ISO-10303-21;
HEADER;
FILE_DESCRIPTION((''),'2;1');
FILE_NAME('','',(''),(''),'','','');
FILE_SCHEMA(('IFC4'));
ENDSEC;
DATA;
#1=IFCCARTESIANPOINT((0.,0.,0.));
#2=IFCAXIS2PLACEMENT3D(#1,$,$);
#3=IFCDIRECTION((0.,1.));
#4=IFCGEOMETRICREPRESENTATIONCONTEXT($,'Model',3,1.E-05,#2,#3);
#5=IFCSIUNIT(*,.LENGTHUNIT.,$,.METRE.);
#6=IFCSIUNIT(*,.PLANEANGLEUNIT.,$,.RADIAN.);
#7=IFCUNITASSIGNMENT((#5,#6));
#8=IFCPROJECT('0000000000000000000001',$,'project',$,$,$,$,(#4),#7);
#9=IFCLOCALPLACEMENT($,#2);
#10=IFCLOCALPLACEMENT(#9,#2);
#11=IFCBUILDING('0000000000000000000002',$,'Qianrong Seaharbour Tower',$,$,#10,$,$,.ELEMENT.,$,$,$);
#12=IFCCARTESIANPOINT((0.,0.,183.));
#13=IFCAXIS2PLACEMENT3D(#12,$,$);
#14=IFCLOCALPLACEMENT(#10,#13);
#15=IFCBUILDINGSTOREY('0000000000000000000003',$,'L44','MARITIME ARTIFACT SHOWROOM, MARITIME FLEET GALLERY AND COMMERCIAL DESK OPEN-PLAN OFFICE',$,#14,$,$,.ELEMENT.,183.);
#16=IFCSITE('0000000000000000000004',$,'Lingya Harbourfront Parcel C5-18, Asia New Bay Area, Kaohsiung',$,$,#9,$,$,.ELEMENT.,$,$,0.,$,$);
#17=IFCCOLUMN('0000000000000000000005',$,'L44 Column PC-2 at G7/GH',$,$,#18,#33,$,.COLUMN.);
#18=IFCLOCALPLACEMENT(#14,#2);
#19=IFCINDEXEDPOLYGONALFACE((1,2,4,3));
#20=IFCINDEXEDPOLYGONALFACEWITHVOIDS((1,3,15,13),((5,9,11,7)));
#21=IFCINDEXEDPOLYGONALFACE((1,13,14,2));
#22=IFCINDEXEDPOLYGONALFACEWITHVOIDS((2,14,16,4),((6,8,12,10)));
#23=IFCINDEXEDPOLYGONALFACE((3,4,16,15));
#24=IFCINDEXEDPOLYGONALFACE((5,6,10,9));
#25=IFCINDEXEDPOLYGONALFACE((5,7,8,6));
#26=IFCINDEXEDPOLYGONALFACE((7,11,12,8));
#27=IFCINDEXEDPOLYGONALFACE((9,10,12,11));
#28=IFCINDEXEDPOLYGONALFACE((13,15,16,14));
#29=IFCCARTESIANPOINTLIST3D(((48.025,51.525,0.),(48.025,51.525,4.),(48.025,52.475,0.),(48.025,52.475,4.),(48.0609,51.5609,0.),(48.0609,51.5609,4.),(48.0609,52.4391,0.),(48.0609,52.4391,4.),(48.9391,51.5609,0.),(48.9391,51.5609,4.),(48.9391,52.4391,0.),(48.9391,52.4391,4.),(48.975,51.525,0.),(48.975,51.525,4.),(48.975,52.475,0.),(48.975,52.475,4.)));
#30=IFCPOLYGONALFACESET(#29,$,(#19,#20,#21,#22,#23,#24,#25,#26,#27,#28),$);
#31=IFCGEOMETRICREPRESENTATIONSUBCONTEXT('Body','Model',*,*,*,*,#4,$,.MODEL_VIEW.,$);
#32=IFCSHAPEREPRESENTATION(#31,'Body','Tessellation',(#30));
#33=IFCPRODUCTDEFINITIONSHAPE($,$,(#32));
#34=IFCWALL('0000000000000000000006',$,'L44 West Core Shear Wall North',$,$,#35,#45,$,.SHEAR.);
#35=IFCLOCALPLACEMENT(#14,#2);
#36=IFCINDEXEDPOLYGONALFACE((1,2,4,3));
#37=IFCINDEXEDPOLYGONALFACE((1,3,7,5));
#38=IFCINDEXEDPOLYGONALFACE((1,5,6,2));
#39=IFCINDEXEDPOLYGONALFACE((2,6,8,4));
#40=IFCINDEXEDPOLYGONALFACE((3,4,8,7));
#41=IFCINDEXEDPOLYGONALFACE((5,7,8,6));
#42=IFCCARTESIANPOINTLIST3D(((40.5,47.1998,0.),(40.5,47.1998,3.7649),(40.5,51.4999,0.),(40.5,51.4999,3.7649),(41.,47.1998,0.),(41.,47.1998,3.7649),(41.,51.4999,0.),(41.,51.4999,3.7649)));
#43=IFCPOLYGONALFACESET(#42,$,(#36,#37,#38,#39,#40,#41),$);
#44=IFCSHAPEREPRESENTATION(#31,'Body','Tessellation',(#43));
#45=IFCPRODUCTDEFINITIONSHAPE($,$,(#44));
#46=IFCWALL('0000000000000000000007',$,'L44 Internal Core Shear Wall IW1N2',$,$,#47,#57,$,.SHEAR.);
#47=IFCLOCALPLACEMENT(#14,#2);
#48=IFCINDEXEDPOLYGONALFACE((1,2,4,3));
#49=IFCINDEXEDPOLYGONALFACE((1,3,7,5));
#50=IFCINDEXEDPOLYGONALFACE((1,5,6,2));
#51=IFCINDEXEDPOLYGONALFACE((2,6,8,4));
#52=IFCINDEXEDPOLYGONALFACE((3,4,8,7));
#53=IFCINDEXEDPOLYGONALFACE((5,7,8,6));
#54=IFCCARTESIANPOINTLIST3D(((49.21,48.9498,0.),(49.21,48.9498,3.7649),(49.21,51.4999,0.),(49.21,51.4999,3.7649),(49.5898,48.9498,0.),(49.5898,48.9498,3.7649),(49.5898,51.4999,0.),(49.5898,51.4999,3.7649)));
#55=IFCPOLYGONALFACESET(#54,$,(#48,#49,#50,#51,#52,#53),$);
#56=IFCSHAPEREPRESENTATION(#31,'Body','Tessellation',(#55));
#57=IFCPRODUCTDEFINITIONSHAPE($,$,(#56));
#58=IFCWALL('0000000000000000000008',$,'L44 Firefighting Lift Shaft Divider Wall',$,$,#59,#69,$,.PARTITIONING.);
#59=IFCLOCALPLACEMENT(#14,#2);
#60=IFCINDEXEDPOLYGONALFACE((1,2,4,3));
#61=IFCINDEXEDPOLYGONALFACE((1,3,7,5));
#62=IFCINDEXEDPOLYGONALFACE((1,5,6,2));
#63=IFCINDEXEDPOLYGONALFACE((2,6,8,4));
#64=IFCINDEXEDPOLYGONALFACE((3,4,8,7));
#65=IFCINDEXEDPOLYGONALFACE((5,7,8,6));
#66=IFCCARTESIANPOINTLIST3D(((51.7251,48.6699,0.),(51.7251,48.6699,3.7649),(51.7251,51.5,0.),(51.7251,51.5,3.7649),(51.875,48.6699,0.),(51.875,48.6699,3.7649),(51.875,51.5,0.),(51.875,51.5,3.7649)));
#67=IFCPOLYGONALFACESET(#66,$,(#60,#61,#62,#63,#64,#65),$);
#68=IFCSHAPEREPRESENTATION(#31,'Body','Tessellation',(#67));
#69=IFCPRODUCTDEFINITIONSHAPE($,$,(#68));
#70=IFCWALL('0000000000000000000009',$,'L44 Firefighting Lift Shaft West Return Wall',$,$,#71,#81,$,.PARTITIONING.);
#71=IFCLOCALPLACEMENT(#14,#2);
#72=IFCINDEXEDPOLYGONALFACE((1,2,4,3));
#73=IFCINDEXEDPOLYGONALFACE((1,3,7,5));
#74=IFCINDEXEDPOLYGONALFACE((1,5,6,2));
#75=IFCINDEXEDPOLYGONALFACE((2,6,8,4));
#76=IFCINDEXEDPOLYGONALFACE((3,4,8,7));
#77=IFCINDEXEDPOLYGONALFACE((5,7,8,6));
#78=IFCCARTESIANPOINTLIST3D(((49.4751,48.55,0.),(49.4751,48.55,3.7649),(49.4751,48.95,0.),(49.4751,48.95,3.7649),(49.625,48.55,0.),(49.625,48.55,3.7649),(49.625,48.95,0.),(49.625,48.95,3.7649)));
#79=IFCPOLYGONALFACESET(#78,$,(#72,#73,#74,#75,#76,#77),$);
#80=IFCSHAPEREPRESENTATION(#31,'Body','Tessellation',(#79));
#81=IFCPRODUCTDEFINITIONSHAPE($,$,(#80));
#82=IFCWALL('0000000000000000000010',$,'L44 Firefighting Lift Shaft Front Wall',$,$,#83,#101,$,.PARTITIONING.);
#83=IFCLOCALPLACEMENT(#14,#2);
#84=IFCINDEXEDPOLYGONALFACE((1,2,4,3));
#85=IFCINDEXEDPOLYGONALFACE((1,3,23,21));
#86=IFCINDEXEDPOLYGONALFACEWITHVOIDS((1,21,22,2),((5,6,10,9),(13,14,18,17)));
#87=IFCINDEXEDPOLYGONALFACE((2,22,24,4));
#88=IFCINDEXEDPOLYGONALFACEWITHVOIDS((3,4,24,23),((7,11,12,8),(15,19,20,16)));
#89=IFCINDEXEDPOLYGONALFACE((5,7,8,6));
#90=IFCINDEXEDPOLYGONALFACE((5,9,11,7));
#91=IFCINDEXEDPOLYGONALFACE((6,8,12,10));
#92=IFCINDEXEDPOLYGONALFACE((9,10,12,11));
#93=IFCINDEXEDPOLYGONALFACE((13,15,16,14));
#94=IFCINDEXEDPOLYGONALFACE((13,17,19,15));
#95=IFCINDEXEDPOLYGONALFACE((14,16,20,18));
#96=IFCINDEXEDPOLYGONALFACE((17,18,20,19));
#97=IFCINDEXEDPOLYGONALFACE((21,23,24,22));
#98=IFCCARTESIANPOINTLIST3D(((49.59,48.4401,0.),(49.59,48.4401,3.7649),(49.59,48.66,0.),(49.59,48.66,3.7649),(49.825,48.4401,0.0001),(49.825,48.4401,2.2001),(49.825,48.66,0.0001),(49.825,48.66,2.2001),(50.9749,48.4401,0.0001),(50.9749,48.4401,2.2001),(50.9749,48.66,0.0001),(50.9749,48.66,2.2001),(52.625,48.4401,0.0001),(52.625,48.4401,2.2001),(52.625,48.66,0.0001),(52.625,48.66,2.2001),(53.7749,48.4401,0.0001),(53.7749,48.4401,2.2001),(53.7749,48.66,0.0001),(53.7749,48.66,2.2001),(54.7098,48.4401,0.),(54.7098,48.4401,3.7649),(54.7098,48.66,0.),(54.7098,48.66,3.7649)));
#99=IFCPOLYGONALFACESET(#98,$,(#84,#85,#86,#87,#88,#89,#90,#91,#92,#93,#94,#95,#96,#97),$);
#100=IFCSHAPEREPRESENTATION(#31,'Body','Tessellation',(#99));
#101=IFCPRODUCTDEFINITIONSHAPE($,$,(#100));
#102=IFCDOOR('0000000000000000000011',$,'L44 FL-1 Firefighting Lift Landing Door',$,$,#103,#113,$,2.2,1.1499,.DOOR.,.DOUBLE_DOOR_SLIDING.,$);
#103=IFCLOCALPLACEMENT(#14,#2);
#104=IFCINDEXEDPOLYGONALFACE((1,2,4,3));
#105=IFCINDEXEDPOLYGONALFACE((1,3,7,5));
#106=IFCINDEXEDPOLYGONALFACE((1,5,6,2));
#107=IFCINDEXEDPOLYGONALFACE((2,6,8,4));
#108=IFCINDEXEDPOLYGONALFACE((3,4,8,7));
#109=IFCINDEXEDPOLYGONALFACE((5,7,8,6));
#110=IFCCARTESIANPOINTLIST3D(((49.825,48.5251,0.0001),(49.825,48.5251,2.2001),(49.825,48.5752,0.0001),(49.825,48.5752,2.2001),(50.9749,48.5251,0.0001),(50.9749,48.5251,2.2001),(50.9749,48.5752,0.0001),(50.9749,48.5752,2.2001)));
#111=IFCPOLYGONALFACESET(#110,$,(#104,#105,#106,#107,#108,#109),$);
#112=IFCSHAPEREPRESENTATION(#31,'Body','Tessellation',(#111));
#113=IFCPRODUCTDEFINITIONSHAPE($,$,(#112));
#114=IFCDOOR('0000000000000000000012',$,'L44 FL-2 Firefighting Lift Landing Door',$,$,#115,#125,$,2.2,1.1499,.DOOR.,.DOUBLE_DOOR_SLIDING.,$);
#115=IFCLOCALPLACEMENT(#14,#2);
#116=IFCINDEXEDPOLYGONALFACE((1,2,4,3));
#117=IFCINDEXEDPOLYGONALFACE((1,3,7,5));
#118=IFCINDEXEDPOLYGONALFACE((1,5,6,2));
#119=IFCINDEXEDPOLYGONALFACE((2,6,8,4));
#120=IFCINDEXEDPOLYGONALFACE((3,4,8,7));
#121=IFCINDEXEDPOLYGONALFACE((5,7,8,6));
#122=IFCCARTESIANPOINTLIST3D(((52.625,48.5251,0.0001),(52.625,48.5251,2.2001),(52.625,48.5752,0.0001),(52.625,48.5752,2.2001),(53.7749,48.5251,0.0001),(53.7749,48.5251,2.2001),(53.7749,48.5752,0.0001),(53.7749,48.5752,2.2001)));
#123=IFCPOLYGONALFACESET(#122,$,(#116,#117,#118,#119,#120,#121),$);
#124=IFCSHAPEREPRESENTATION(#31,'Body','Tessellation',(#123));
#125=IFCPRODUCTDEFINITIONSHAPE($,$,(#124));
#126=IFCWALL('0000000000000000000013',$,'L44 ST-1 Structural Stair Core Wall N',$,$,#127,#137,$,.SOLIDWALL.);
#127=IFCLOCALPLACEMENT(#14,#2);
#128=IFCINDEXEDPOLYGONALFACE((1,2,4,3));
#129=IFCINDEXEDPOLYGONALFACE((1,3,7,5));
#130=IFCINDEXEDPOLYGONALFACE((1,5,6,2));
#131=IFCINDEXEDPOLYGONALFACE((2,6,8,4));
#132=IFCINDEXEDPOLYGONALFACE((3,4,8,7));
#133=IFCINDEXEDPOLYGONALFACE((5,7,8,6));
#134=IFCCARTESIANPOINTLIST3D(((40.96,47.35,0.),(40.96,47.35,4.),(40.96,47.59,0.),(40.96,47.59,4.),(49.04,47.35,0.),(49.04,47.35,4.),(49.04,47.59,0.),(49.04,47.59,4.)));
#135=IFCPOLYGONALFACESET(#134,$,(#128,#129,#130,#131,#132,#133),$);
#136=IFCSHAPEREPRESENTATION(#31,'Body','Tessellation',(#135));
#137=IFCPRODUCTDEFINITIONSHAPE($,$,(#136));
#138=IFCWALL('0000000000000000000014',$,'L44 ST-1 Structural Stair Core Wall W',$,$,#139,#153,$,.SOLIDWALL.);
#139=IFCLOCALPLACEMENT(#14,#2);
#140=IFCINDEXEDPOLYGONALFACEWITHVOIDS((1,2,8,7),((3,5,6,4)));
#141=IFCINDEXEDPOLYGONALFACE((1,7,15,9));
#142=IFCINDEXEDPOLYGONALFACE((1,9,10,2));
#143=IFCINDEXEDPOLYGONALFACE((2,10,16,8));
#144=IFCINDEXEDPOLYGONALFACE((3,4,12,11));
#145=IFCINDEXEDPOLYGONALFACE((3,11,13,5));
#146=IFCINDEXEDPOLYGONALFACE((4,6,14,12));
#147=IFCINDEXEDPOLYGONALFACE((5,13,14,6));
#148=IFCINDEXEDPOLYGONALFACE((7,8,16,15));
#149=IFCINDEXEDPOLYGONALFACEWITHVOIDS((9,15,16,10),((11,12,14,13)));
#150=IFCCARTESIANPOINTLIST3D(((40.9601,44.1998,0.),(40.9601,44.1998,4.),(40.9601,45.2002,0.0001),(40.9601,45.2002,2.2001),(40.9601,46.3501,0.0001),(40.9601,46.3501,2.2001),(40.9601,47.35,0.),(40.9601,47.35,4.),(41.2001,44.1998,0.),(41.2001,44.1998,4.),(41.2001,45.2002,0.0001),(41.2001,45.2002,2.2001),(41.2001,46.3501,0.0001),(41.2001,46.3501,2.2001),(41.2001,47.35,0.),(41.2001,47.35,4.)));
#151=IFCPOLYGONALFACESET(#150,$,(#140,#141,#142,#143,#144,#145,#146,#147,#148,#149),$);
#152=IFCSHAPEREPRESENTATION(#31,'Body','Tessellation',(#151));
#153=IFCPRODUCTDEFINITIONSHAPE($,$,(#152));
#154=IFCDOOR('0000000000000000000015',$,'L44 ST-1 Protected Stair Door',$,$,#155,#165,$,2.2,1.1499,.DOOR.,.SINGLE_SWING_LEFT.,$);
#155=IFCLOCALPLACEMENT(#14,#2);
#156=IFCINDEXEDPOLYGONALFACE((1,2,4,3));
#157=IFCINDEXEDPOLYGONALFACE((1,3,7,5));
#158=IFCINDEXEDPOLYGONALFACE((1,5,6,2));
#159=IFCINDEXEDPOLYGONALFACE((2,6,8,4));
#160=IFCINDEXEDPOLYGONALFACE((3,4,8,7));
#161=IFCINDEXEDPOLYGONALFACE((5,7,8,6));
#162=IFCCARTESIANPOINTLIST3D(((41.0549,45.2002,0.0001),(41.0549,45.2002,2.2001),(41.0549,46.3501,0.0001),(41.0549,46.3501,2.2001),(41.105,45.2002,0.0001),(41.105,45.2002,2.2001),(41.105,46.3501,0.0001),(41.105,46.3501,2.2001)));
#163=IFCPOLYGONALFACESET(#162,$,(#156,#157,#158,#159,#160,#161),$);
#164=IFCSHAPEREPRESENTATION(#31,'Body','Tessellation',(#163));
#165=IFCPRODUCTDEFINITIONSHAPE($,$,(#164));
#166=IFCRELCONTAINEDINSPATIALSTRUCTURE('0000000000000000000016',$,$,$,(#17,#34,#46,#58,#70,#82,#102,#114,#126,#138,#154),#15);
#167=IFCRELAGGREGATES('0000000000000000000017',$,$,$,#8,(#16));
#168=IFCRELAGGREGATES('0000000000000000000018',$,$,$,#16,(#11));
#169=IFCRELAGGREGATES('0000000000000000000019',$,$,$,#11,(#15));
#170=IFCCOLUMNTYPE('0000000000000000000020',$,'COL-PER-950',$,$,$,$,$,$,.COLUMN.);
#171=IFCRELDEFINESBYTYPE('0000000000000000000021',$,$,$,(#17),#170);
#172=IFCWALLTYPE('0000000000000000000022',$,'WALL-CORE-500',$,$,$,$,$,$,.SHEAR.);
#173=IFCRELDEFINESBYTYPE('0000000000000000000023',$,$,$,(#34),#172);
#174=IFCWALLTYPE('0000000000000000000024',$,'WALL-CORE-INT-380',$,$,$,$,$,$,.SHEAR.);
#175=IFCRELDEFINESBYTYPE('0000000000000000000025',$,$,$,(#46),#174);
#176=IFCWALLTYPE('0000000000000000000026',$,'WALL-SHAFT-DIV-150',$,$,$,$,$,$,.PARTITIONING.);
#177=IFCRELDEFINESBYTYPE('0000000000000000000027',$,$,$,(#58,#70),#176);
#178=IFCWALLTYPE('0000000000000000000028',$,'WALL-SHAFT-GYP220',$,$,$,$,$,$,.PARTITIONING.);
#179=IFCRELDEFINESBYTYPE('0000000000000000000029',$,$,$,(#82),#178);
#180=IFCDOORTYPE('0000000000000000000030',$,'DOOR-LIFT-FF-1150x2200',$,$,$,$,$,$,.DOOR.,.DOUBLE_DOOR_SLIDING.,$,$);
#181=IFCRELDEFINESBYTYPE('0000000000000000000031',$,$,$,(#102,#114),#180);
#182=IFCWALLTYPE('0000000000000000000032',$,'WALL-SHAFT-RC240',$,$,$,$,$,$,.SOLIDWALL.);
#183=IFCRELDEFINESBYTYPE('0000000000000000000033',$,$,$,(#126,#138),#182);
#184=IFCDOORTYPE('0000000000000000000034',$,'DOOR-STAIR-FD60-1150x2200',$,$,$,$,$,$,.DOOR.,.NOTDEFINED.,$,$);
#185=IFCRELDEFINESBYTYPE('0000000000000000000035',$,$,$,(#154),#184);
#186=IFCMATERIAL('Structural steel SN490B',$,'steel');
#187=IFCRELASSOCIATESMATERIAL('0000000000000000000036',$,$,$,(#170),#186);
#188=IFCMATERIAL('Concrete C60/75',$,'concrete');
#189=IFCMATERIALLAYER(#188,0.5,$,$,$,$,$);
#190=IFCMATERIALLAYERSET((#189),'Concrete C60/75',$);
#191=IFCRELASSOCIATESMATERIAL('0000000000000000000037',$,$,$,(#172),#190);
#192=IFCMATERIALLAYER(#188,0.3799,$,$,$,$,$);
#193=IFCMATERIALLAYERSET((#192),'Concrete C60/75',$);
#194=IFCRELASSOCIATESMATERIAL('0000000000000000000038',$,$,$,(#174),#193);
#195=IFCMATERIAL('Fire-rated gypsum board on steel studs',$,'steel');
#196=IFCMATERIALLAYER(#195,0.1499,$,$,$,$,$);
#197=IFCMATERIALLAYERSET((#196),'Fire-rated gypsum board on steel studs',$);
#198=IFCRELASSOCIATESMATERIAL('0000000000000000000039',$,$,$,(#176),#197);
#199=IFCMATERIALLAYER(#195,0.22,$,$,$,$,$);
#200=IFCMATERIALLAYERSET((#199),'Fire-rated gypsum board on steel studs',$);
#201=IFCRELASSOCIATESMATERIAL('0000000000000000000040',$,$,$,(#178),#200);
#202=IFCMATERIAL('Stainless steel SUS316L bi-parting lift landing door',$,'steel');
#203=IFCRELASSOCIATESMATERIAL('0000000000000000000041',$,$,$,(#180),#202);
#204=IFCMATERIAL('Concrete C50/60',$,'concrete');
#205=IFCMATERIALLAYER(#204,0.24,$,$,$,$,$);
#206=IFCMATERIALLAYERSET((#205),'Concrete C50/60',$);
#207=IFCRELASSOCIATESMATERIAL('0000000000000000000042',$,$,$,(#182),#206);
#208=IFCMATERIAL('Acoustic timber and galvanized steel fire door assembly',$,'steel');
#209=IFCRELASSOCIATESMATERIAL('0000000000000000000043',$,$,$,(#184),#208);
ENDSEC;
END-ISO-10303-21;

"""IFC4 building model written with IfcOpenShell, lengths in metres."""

from ifc_helpers import new_model, si_unit, direction, frame, frame_2d, origin, origin_2d, place, context, subcontext, project, spatial, rectangle, hollow_rectangle, extrude, material, layer, layer_set, material_profile, profile_set, type_object, element, fill, save


model = new_model("IFC4")

# Units and contexts
model_context = context("Model", 3, precision=1e-05, world=origin(), true_north=direction((0.0, 1.0)))
body_context = subcontext(model_context, "Body", "Model", "MODEL_VIEW")
ifc_project = project(units=[si_unit("LENGTHUNIT", "METRE"), si_unit("PLANEANGLEUNIT", "RADIAN")], contexts=[model_context])

# Site, building, storey
site_placement = place(None, origin())
site = spatial("IfcSite", under=ifc_project, at=site_placement, Name="Lingya Harbourfront Parcel C5-18, Asia New Bay Area, Kaohsiung", CompositionType="ELEMENT", RefElevation=0.0)
building_placement = place(site_placement, origin())
building = spatial("IfcBuilding", under=site, at=building_placement, Name="Qianrong Seaharbour Tower", CompositionType="ELEMENT")
storey_placement = place(building_placement, frame((0.0, 0.0, 183.0)))
storey = spatial("IfcBuildingStorey", under=building, at=storey_placement, Name="L44", Description="MARITIME ARTIFACT SHOWROOM, MARITIME FLEET GALLERY AND COMMERCIAL DESK OPEN-PLAN OFFICE", CompositionType="ELEMENT", Elevation=183.0)

# Column
ifc_material_1 = material(Name="Structural steel SN490B", Category="steel")
ifc_material_profile = material_profile(ifc_material_1, hollow_rectangle(XDim=0.95, YDim=0.95, WallThickness=0.0359, at=origin_2d()), Name="BOX950x950x36")
ifc_profile_set = profile_set([ifc_material_profile], Name="Structural steel SN490B")
column_type = type_object("IfcColumnType", Name="COL-PER-950", PredefinedType="COLUMN", material=ifc_profile_set)
column_placement = place(storey_placement, frame((48.5, 52.0, 0.0), z_axis=(0.0, 0.0, 1.0), x_axis=(1.0, 0.0, 0.0)))
element("IfcColumn", 1, at=column_placement, inside=storey, type_object=column_type, Name="L44 Column PC-2 at G7/GH", PredefinedType="COLUMN", context=body_context, shape_type="SweptSolid", body=[
    extrude(hollow_rectangle(XDim=0.95, YDim=0.95, WallThickness=0.0359, at=origin_2d()), origin(), (0.0, 0.0, 1.0), 4.0),
])

# Walls
ifc_material_2 = material(Name="Concrete C60/75", Category="concrete")
ifc_layer_1 = layer(ifc_material_2, 0.5)
ifc_layer_set_1 = layer_set([ifc_layer_1], Name="Concrete C60/75")
wall_type_1 = type_object("IfcWallType", Name="WALL-CORE-500", PredefinedType="SHEAR", material=ifc_layer_set_1)
wall_1_placement = place(storey_placement, frame((40.75, 47.2, 0.0), z_axis=(0.0, 0.0, 1.0), x_axis=(0.0, 1.0, 0.0)))
element("IfcWall", 2, at=wall_1_placement, inside=storey, type_object=wall_type_1, Name="L44 West Core Shear Wall North", PredefinedType="SHEAR", context=body_context, shape_type="SweptSolid", body=[
    extrude(rectangle(XDim=4.3, YDim=0.5, at=frame_2d((2.1499, 0.0))), origin(), (0.0, 0.0, 1.0), 3.7649),
])
ifc_layer_2 = layer(ifc_material_2, 0.3799)
ifc_layer_set_2 = layer_set([ifc_layer_2], Name="Concrete C60/75")
wall_type_2 = type_object("IfcWallType", Name="WALL-CORE-INT-380", PredefinedType="SHEAR", material=ifc_layer_set_2)
wall_2_placement = place(storey_placement, frame((49.3999, 48.95, 0.0), z_axis=(0.0, 0.0, 1.0), x_axis=(0.0, 1.0, 0.0)))
element("IfcWall", 3, at=wall_2_placement, inside=storey, type_object=wall_type_2, Name="L44 Internal Core Shear Wall IW1N2", PredefinedType="SHEAR", context=body_context, shape_type="SweptSolid", body=[
    extrude(rectangle(XDim=2.55, YDim=0.3799, at=frame_2d((1.2749, 0.0))), origin(), (0.0, 0.0, 1.0), 3.7649),
])
ifc_material_3 = material(Name="Fire-rated gypsum board on steel studs", Category="steel")
ifc_layer_3 = layer(ifc_material_3, 0.1499)
ifc_layer_set_3 = layer_set([ifc_layer_3], Name="Fire-rated gypsum board on steel studs")
wall_type_3 = type_object("IfcWallType", Name="WALL-SHAFT-DIV-150", PredefinedType="PARTITIONING", material=ifc_layer_set_3)
wall_3_placement = place(storey_placement, frame((51.8, 48.6699, 0.0), z_axis=(0.0, 0.0, 1.0), x_axis=(0.0, 1.0, 0.0)))
element("IfcWall", 4, at=wall_3_placement, inside=storey, type_object=wall_type_3, Name="L44 Firefighting Lift Shaft Divider Wall", PredefinedType="PARTITIONING", context=body_context, shape_type="SweptSolid", body=[
    extrude(rectangle(XDim=2.8301, YDim=0.1499, at=frame_2d((1.415, 0.0))), origin(), (0.0, 0.0, 1.0), 3.7649),
])
wall_4_placement = place(storey_placement, frame((49.55, 48.55, 0.0), z_axis=(0.0, 0.0, 1.0), x_axis=(0.0, 1.0, 0.0)))
element("IfcWall", 5, at=wall_4_placement, inside=storey, type_object=wall_type_3, Name="L44 Firefighting Lift Shaft West Return Wall", PredefinedType="PARTITIONING", context=body_context, shape_type="SweptSolid", body=[
    extrude(rectangle(XDim=0.3999, YDim=0.1499, at=frame_2d((0.2, 0.0))), origin(), (0.0, 0.0, 1.0), 3.7649),
])

# Wall, openings, doors
ifc_layer_4 = layer(ifc_material_3, 0.22)
ifc_layer_set_4 = layer_set([ifc_layer_4], Name="Fire-rated gypsum board on steel studs")
wall_type_4 = type_object("IfcWallType", Name="WALL-SHAFT-GYP220", PredefinedType="PARTITIONING", material=ifc_layer_set_4)
wall_5_placement = place(storey_placement, frame((54.71, 48.55, 0.0), z_axis=(0.0, 0.0, 1.0), x_axis=(-1.0, 0.0, 0.0)))
wall_5 = element("IfcWall", 6, at=wall_5_placement, inside=storey, type_object=wall_type_4, Name="L44 Firefighting Lift Shaft Front Wall", PredefinedType="PARTITIONING", context=body_context, shape_type="SweptSolid", body=[
    extrude(rectangle(XDim=5.1199, YDim=0.22, at=frame_2d((2.5601, 0.0))), origin(), (0.0, 0.0, 1.0), 3.7649),
])
opening_1_placement = place(wall_5_placement, frame((3.7351, 0.0, 0.0)))
opening_1 = element("IfcOpeningElement", 7, at=opening_1_placement, cuts=wall_5, PredefinedType="OPENING", context=body_context, shape_type="SweptSolid", body=[
    extrude(rectangle(XDim=1.1499, YDim=2.2, at=frame_2d((0.575, 1.1001))), frame((0.0, 0.1201, 0.0), z_axis=(0.0, -1.0, 0.0), x_axis=(1.0, 0.0, 0.0)), (0.0, 0.0, 1.0), 0.24),
])
opening_2_placement = place(wall_5_placement, frame((0.9351, 0.0, 0.0)))
opening_2 = element("IfcOpeningElement", 8, at=opening_2_placement, cuts=wall_5, PredefinedType="OPENING", context=body_context, shape_type="SweptSolid", body=[
    extrude(rectangle(XDim=1.1499, YDim=2.2, at=frame_2d((0.575, 1.1001))), frame((0.0, 0.1201, 0.0), z_axis=(0.0, -1.0, 0.0), x_axis=(1.0, 0.0, 0.0)), (0.0, 0.0, 1.0), 0.24),
])
ifc_material_4 = material(Name="Stainless steel SUS316L bi-parting lift landing door", Category="steel")
door_type_1 = type_object("IfcDoorType", Name="DOOR-LIFT-FF-1150x2200", OperationType="DOUBLE_DOOR_SLIDING", PredefinedType="DOOR", material=ifc_material_4)
door_1_placement = place(opening_1_placement, origin())
door_1 = element("IfcDoor", 9, at=door_1_placement, inside=storey, type_object=door_type_1, Name="L44 FL-1 Firefighting Lift Landing Door", OperationType="DOUBLE_DOOR_SLIDING", OverallHeight=2.2, OverallWidth=1.1499, PredefinedType="DOOR", context=body_context, shape_type="SweptSolid", body=[
    extrude(rectangle(XDim=1.1499, YDim=2.2, at=frame_2d((0.575, 1.1001))), frame((0.0, 0.0249, 0.0), z_axis=(0.0, -1.0, 0.0), x_axis=(1.0, 0.0, 0.0)), (0.0, 0.0, 1.0), 0.05),
])
fill(opening_1, door_1)
door_2_placement = place(opening_2_placement, origin())
door_2 = element("IfcDoor", 10, at=door_2_placement, inside=storey, type_object=door_type_1, Name="L44 FL-2 Firefighting Lift Landing Door", OperationType="DOUBLE_DOOR_SLIDING", OverallHeight=2.2, OverallWidth=1.1499, PredefinedType="DOOR", context=body_context, shape_type="SweptSolid", body=[
    extrude(rectangle(XDim=1.1499, YDim=2.2, at=frame_2d((0.575, 1.1001))), frame((0.0, 0.0249, 0.0), z_axis=(0.0, -1.0, 0.0), x_axis=(1.0, 0.0, 0.0)), (0.0, 0.0, 1.0), 0.05),
])
fill(opening_2, door_2)

# Wall
ifc_material_5 = material(Name="Concrete C50/60", Category="concrete")
ifc_layer_5 = layer(ifc_material_5, 0.24)
ifc_layer_set_5 = layer_set([ifc_layer_5], Name="Concrete C50/60")
wall_type_5 = type_object("IfcWallType", Name="WALL-SHAFT-RC240", PredefinedType="SOLIDWALL", material=ifc_layer_set_5)
wall_6_placement = place(storey_placement, frame((40.96, 47.47, 0.0), z_axis=(0.0, 0.0, 1.0), x_axis=(1.0, 0.0, 0.0)))
element("IfcWall", 11, at=wall_6_placement, inside=storey, type_object=wall_type_5, Name="L44 ST-1 Structural Stair Core Wall N", PredefinedType="SOLIDWALL", context=body_context, shape_type="SweptSolid", body=[
    extrude(rectangle(XDim=8.0801, YDim=0.24, at=frame_2d((4.04, 0.0))), origin(), (0.0, 0.0, 1.0), 4.0),
])

# Wall, opening, door
wall_7_placement = place(storey_placement, frame((41.0801, 47.3501, 0.0), z_axis=(0.0, 0.0, 1.0), x_axis=(0.0, -1.0, 0.0)))
wall_7 = element("IfcWall", 12, at=wall_7_placement, inside=storey, type_object=wall_type_5, Name="L44 ST-1 Structural Stair Core Wall W", PredefinedType="SOLIDWALL", context=body_context, shape_type="SweptSolid", body=[
    extrude(rectangle(XDim=3.1501, YDim=0.24, at=frame_2d((1.5752, 0.0))), origin(), (0.0, 0.0, 1.0), 4.0),
])
opening_3_placement = place(wall_7_placement, frame((1.0, 0.0, 0.0)))
opening_3 = element("IfcOpeningElement", 13, at=opening_3_placement, cuts=wall_7, PredefinedType="OPENING", context=body_context, shape_type="SweptSolid", body=[
    extrude(rectangle(XDim=1.1499, YDim=2.2, at=frame_2d((0.575, 1.1001))), frame((0.0, 0.1299, 0.0), z_axis=(0.0, -1.0, 0.0), x_axis=(1.0, 0.0, 0.0)), (0.0, 0.0, 1.0), 0.26),
])
ifc_material_6 = material(Name="Acoustic timber and galvanized steel fire door assembly", Category="steel")
door_type_2 = type_object("IfcDoorType", Name="DOOR-STAIR-FD60-1150x2200", OperationType="NOTDEFINED", PredefinedType="DOOR", material=ifc_material_6)
door_3_placement = place(opening_3_placement, origin())
door_3 = element("IfcDoor", 14, at=door_3_placement, inside=storey, type_object=door_type_2, Name="L44 ST-1 Protected Stair Door", OperationType="SINGLE_SWING_LEFT", OverallHeight=2.2, OverallWidth=1.1499, PredefinedType="DOOR", context=body_context, shape_type="SweptSolid", body=[
    extrude(rectangle(XDim=1.1499, YDim=2.2, at=frame_2d((0.575, 1.1001))), frame((0.0, 0.0249, 0.0), z_axis=(0.0, -1.0, 0.0), x_axis=(1.0, 0.0, 0.0)), (0.0, 0.0, 1.0), 0.05),
])
fill(opening_3, door_3)

save(model, "model.ifc")
